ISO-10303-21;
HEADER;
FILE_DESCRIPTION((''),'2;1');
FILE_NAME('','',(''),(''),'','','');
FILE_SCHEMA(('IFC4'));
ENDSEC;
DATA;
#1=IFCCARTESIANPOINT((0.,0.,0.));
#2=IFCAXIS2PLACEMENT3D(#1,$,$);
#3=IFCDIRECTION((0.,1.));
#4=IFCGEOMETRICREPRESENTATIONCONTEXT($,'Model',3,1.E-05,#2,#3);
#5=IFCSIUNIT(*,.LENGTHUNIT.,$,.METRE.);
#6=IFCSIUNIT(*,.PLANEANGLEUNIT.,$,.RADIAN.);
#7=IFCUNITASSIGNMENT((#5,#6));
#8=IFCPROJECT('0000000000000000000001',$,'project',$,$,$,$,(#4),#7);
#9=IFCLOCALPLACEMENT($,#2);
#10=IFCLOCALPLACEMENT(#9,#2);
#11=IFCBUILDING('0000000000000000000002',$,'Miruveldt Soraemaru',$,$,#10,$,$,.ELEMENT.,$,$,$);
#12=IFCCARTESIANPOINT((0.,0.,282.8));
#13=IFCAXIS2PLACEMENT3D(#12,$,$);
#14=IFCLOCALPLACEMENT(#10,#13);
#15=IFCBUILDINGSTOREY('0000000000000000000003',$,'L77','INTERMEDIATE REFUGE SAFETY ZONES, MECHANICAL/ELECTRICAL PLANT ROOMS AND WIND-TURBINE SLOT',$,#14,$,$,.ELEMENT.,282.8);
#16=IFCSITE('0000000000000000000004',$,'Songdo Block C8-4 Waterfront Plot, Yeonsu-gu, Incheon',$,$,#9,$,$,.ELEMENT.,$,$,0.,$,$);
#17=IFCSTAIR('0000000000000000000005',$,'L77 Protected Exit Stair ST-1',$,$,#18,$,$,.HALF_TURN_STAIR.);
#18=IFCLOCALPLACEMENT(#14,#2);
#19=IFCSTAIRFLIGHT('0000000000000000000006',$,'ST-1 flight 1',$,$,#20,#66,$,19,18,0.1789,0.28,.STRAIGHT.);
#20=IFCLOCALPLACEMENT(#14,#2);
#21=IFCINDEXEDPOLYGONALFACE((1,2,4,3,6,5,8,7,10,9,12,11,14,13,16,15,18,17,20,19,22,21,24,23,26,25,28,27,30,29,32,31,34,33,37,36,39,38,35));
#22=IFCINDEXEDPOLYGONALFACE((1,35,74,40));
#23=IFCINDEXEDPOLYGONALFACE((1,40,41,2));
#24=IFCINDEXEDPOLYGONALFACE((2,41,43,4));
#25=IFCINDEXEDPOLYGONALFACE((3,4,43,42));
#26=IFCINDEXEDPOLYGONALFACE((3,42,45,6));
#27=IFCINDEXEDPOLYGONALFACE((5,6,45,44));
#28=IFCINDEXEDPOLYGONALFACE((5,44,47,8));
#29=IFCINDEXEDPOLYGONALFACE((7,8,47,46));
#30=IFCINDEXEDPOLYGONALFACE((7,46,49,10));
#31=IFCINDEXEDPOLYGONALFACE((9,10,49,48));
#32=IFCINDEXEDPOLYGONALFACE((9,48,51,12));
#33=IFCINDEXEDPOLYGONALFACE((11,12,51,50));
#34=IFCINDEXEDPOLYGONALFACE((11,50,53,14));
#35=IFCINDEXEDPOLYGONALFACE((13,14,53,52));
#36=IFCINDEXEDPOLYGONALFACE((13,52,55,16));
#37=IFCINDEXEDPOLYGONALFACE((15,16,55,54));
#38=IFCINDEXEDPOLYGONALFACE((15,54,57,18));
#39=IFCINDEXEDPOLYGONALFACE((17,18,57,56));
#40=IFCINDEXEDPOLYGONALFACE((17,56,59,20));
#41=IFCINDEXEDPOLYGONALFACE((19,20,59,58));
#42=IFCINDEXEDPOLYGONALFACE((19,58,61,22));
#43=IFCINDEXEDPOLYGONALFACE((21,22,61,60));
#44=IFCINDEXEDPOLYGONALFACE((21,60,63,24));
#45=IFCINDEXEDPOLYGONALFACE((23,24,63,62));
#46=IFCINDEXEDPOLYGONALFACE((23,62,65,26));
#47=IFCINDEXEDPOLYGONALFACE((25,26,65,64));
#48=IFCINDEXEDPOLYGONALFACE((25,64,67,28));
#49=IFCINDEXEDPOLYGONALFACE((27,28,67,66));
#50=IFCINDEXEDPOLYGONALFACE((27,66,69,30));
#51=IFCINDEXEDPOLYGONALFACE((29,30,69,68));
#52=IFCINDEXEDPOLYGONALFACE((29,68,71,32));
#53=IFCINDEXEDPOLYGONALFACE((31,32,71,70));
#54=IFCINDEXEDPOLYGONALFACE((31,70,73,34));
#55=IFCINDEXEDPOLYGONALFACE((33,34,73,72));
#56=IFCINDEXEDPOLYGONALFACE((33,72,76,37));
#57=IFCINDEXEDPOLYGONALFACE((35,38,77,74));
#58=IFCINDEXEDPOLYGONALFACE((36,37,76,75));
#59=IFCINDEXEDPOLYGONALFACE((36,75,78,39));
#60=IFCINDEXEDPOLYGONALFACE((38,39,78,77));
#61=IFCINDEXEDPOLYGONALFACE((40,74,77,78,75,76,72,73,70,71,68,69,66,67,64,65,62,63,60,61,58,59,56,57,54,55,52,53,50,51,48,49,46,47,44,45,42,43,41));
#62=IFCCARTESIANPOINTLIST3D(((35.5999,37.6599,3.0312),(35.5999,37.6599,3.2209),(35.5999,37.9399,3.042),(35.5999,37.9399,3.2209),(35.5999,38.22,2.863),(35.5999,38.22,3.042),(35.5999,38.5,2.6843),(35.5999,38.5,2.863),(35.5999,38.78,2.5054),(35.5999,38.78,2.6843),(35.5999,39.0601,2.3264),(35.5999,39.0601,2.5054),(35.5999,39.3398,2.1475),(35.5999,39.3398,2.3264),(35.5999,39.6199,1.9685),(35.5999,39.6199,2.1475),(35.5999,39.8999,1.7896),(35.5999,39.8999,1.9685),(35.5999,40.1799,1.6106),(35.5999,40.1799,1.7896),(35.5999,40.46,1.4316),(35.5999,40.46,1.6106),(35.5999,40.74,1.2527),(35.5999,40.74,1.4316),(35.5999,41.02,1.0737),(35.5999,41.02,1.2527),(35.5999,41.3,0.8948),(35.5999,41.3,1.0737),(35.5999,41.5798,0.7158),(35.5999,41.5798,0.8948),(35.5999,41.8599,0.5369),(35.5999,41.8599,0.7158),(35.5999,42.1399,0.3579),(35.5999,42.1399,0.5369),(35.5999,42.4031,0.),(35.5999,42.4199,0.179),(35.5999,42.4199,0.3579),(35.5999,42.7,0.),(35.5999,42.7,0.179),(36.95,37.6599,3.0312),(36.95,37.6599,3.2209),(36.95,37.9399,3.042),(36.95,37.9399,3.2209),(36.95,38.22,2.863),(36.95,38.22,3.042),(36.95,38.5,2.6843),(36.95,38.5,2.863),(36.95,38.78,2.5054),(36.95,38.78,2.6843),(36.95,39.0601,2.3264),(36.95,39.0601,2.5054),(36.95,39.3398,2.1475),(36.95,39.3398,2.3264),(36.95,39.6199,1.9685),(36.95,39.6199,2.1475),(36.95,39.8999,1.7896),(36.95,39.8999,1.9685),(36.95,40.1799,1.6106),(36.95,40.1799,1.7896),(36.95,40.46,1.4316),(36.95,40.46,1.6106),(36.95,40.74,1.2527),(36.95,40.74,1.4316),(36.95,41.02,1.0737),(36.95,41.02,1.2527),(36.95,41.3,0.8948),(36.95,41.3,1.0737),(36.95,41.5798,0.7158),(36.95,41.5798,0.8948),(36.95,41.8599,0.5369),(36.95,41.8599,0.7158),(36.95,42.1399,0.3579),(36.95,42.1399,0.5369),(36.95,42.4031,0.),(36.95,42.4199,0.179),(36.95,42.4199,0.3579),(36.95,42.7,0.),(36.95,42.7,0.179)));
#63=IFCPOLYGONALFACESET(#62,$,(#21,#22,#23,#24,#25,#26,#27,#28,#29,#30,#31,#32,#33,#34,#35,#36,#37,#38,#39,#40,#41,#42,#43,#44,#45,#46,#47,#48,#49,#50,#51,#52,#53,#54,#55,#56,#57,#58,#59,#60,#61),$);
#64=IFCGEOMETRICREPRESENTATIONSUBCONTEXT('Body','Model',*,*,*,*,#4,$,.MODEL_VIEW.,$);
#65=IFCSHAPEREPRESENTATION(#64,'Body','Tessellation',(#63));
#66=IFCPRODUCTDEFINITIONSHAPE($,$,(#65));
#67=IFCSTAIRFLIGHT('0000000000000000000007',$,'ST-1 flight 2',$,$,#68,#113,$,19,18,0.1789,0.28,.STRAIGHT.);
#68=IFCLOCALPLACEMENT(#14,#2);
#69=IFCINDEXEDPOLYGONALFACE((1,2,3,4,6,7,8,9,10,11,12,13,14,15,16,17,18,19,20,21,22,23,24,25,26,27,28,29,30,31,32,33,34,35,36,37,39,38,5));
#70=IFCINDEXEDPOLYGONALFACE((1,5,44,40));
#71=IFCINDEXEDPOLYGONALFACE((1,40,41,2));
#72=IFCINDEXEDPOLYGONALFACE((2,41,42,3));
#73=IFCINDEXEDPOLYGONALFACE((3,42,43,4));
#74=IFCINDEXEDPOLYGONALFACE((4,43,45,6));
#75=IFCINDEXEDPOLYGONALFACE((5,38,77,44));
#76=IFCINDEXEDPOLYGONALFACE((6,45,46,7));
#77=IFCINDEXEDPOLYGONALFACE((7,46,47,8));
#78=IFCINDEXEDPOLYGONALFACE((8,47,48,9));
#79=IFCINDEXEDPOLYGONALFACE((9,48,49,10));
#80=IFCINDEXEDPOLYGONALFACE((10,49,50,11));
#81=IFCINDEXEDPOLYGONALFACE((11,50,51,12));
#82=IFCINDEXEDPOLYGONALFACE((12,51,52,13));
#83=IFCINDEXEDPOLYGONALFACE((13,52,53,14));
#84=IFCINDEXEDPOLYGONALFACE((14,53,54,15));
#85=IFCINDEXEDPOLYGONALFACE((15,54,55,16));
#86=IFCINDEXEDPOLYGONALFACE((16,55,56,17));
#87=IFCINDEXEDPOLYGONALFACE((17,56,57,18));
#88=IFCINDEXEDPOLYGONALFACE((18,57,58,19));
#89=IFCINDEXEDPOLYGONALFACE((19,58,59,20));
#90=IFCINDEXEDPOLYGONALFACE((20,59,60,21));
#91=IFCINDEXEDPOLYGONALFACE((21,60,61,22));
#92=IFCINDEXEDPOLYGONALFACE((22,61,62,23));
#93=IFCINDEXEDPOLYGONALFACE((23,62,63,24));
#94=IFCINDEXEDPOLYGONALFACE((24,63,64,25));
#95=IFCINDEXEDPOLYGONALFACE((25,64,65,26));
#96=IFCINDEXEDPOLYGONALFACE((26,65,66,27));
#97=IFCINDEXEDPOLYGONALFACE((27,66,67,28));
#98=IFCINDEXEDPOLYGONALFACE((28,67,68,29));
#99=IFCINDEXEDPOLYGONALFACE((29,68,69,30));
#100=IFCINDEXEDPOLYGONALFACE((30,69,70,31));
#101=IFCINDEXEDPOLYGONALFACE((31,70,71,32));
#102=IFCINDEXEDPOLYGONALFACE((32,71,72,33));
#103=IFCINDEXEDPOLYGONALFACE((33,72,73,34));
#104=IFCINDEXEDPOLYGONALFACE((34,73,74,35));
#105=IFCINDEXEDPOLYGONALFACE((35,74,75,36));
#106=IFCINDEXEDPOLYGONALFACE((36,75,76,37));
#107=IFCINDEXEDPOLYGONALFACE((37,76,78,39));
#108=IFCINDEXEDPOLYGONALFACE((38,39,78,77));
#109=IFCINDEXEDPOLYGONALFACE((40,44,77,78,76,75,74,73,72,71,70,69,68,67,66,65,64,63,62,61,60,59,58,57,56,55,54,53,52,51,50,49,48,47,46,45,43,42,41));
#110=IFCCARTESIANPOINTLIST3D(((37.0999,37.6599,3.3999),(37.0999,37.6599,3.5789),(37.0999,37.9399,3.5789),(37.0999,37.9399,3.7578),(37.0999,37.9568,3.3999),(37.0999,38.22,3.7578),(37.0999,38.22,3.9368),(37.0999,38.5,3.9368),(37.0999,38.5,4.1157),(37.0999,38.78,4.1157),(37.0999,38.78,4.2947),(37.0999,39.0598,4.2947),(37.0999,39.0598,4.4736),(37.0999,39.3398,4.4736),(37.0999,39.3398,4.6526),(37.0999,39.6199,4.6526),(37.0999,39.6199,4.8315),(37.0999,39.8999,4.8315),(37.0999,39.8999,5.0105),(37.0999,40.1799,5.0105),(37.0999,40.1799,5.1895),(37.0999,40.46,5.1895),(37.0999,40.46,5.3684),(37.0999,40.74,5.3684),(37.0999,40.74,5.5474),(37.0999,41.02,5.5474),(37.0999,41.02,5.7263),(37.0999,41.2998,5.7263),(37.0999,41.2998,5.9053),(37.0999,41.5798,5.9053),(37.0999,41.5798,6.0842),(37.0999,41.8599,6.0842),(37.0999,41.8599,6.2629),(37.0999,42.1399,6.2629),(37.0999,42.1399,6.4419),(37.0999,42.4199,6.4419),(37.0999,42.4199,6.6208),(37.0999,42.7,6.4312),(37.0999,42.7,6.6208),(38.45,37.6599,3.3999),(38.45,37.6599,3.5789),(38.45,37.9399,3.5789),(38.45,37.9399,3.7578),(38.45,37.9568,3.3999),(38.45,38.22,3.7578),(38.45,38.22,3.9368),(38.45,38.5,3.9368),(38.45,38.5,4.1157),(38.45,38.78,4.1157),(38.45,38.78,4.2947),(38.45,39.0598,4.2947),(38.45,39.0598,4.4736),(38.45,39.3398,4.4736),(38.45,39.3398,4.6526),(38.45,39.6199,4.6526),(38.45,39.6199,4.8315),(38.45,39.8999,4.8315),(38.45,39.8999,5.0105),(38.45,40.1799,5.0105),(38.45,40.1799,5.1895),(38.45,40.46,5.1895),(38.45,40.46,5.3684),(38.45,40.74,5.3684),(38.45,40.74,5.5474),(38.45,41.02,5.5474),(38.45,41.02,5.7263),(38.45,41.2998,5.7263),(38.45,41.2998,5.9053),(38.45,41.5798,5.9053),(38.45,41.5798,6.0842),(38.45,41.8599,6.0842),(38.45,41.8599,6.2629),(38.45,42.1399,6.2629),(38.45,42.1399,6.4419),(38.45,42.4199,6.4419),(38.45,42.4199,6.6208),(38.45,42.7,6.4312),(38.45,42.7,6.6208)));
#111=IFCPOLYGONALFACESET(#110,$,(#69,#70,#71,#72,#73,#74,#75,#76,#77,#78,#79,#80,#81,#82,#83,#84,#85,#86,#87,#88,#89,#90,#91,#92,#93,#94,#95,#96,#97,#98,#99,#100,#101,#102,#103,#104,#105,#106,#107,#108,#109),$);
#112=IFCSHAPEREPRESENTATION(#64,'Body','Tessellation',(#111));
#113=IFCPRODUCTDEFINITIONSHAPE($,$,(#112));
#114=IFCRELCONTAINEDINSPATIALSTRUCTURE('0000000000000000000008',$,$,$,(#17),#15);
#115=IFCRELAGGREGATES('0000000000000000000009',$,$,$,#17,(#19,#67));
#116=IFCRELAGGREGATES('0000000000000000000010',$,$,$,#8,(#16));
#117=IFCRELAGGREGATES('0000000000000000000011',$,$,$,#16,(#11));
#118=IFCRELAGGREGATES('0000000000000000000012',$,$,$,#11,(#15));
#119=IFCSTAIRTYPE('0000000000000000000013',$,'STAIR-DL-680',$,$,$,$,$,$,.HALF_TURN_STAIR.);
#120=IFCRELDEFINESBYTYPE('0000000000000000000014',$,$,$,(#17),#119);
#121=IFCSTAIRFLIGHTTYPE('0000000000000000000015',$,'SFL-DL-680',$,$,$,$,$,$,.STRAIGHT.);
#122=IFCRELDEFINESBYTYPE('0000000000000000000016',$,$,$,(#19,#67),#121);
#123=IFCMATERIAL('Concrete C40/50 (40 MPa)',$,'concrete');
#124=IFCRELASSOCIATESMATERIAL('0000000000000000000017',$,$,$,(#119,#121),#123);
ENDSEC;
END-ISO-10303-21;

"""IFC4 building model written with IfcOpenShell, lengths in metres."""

from ifc_helpers import new_model, si_unit, direction, frame, origin, place, context, subcontext, project, spatial, polyline, outline, extrude, material, type_object, element, aggregate, save


model = new_model("IFC4")

# Units and contexts
model_context = context("Model", 3, precision=1e-05, world=origin(), true_north=direction((0.0, 1.0)))
body_context = subcontext(model_context, "Body", "Model", "MODEL_VIEW")
ifc_project = project(units=[si_unit("LENGTHUNIT", "METRE"), si_unit("PLANEANGLEUNIT", "RADIAN")], contexts=[model_context])

# Site, building, storey
site_placement = place(None, origin())
site = spatial("IfcSite", under=ifc_project, at=site_placement, Name="Songdo Block C8-4 Waterfront Plot, Yeonsu-gu, Incheon", CompositionType="ELEMENT", RefElevation=0.0)
building_placement = place(site_placement, origin())
building = spatial("IfcBuilding", under=site, at=building_placement, Name="Miruveldt Soraemaru", CompositionType="ELEMENT")
storey_placement = place(building_placement, frame((0.0, 0.0, 282.8)))
storey = spatial("IfcBuildingStorey", under=building, at=storey_placement, Name="L77", Description="INTERMEDIATE REFUGE SAFETY ZONES, MECHANICAL/ELECTRICAL PLANT ROOMS AND WIND-TURBINE SLOT", CompositionType="ELEMENT", Elevation=282.8)

# Stair, stair flights
ifc_material_1 = material(Name="Concrete C40/50 (40 MPa)", Category="concrete")
stair_type = type_object("IfcStairType", Name="STAIR-DL-680", PredefinedType="HALF_TURN_STAIR", material=ifc_material_1)
stair_placement = place(storey_placement, origin())
stair = element("IfcStair", 1, at=stair_placement, inside=storey, type_object=stair_type, Name="L77 Protected Exit Stair ST-1", PredefinedType="HALF_TURN_STAIR")
stair_flight_type = type_object("IfcStairFlightType", Name="SFL-DL-680", PredefinedType="STRAIGHT", material=ifc_material_1)
stair_flight_1_placement = place(storey_placement, frame((36.2749, 42.7, 0.0), z_axis=(0.0, 0.0, 1.0), x_axis=(0.0, -1.0, 0.0)))
stair_flight_1 = element("IfcStairFlight", 2, at=stair_flight_1_placement, type_object=stair_flight_type, Name="ST-1 flight 1", NumberOfRisers=19, NumberOfTreads=18, PredefinedType="STRAIGHT", RiserHeight=0.1789, TreadLength=0.28, context=body_context, shape_type="SweptSolid", body=[
    extrude(outline(polyline([(0.0, 0.0), (0.0, 0.179), (0.28, 0.179), (0.28, 0.3579), (0.5601, 0.3579), (0.5601, 0.5369), (0.8401, 0.5369), (0.8401, 0.7158), (1.1201, 0.7158), (1.1201, 0.8948), (1.3999, 0.8948), (1.3999, 1.0737), (1.6799, 1.0737), (1.6799, 1.2527), (1.96, 1.2527), (1.96, 1.4316), (2.24, 1.4316), (2.24, 1.6106), (2.52, 1.6106), (2.52, 1.7896), (2.8, 1.7896), (2.8, 1.9685), (3.0801, 1.9685), (3.0801, 2.1475), (3.3601, 2.1475), (3.3601, 2.3264), (3.6399, 2.3264), (3.6399, 2.5054), (3.9199, 2.5054), (3.9199, 2.6843), (4.2, 2.6843), (4.2, 2.863), (4.48, 2.863), (4.48, 3.042), (4.76, 3.042), (4.76, 3.2209), (5.04, 3.2209), (5.04, 3.3999), (5.04, 3.0312), (0.2969, 0.0), (0.0, 0.0)])), frame((0.0, 0.675, 0.0), z_axis=(0.0, -1.0, 0.0), x_axis=(1.0, 0.0, 0.0)), (0.0, 0.0, 1.0), 1.3501),
])
stair_flight_2_placement = place(storey_placement, frame((37.7749, 37.6599, 3.3999), z_axis=(0.0, 0.0, 1.0), x_axis=(0.0, 1.0, 0.0)))
stair_flight_2 = element("IfcStairFlight", 3, at=stair_flight_2_placement, type_object=stair_flight_type, Name="ST-1 flight 2", NumberOfRisers=19, NumberOfTreads=18, PredefinedType="STRAIGHT", RiserHeight=0.1789, TreadLength=0.28, context=body_context, shape_type="SweptSolid", body=[
    extrude(outline(polyline([(0.0, 0.0), (0.0, 0.179), (0.28, 0.179), (0.28, 0.3579), (0.5601, 0.3579), (0.5601, 0.5369), (0.8401, 0.5369), (0.8401, 0.7158), (1.1201, 0.7158), (1.1201, 0.8948), (1.3999, 0.8948), (1.3999, 1.0737), (1.6799, 1.0737), (1.6799, 1.2527), (1.96, 1.2527), (1.96, 1.4316), (2.24, 1.4316), (2.24, 1.6106), (2.52, 1.6106), (2.52, 1.7896), (2.8, 1.7896), (2.8, 1.9685), (3.0801, 1.9685), (3.0801, 2.1475), (3.3601, 2.1475), (3.3601, 2.3264), (3.6399, 2.3264), (3.6399, 2.5054), (3.9199, 2.5054), (3.9199, 2.6843), (4.2, 2.6843), (4.2, 2.863), (4.48, 2.863), (4.48, 3.042), (4.76, 3.042), (4.76, 3.2209), (5.04, 3.2209), (5.04, 3.3999), (5.04, 3.0312), (0.2969, 0.0), (0.0, 0.0)])), frame((0.0, 0.675, 0.0), z_axis=(0.0, -1.0, 0.0), x_axis=(1.0, 0.0, 0.0)), (0.0, 0.0, 1.0), 1.3501),
])
aggregate(stair, [stair_flight_1, stair_flight_2])

save(model, "model.ifc")
